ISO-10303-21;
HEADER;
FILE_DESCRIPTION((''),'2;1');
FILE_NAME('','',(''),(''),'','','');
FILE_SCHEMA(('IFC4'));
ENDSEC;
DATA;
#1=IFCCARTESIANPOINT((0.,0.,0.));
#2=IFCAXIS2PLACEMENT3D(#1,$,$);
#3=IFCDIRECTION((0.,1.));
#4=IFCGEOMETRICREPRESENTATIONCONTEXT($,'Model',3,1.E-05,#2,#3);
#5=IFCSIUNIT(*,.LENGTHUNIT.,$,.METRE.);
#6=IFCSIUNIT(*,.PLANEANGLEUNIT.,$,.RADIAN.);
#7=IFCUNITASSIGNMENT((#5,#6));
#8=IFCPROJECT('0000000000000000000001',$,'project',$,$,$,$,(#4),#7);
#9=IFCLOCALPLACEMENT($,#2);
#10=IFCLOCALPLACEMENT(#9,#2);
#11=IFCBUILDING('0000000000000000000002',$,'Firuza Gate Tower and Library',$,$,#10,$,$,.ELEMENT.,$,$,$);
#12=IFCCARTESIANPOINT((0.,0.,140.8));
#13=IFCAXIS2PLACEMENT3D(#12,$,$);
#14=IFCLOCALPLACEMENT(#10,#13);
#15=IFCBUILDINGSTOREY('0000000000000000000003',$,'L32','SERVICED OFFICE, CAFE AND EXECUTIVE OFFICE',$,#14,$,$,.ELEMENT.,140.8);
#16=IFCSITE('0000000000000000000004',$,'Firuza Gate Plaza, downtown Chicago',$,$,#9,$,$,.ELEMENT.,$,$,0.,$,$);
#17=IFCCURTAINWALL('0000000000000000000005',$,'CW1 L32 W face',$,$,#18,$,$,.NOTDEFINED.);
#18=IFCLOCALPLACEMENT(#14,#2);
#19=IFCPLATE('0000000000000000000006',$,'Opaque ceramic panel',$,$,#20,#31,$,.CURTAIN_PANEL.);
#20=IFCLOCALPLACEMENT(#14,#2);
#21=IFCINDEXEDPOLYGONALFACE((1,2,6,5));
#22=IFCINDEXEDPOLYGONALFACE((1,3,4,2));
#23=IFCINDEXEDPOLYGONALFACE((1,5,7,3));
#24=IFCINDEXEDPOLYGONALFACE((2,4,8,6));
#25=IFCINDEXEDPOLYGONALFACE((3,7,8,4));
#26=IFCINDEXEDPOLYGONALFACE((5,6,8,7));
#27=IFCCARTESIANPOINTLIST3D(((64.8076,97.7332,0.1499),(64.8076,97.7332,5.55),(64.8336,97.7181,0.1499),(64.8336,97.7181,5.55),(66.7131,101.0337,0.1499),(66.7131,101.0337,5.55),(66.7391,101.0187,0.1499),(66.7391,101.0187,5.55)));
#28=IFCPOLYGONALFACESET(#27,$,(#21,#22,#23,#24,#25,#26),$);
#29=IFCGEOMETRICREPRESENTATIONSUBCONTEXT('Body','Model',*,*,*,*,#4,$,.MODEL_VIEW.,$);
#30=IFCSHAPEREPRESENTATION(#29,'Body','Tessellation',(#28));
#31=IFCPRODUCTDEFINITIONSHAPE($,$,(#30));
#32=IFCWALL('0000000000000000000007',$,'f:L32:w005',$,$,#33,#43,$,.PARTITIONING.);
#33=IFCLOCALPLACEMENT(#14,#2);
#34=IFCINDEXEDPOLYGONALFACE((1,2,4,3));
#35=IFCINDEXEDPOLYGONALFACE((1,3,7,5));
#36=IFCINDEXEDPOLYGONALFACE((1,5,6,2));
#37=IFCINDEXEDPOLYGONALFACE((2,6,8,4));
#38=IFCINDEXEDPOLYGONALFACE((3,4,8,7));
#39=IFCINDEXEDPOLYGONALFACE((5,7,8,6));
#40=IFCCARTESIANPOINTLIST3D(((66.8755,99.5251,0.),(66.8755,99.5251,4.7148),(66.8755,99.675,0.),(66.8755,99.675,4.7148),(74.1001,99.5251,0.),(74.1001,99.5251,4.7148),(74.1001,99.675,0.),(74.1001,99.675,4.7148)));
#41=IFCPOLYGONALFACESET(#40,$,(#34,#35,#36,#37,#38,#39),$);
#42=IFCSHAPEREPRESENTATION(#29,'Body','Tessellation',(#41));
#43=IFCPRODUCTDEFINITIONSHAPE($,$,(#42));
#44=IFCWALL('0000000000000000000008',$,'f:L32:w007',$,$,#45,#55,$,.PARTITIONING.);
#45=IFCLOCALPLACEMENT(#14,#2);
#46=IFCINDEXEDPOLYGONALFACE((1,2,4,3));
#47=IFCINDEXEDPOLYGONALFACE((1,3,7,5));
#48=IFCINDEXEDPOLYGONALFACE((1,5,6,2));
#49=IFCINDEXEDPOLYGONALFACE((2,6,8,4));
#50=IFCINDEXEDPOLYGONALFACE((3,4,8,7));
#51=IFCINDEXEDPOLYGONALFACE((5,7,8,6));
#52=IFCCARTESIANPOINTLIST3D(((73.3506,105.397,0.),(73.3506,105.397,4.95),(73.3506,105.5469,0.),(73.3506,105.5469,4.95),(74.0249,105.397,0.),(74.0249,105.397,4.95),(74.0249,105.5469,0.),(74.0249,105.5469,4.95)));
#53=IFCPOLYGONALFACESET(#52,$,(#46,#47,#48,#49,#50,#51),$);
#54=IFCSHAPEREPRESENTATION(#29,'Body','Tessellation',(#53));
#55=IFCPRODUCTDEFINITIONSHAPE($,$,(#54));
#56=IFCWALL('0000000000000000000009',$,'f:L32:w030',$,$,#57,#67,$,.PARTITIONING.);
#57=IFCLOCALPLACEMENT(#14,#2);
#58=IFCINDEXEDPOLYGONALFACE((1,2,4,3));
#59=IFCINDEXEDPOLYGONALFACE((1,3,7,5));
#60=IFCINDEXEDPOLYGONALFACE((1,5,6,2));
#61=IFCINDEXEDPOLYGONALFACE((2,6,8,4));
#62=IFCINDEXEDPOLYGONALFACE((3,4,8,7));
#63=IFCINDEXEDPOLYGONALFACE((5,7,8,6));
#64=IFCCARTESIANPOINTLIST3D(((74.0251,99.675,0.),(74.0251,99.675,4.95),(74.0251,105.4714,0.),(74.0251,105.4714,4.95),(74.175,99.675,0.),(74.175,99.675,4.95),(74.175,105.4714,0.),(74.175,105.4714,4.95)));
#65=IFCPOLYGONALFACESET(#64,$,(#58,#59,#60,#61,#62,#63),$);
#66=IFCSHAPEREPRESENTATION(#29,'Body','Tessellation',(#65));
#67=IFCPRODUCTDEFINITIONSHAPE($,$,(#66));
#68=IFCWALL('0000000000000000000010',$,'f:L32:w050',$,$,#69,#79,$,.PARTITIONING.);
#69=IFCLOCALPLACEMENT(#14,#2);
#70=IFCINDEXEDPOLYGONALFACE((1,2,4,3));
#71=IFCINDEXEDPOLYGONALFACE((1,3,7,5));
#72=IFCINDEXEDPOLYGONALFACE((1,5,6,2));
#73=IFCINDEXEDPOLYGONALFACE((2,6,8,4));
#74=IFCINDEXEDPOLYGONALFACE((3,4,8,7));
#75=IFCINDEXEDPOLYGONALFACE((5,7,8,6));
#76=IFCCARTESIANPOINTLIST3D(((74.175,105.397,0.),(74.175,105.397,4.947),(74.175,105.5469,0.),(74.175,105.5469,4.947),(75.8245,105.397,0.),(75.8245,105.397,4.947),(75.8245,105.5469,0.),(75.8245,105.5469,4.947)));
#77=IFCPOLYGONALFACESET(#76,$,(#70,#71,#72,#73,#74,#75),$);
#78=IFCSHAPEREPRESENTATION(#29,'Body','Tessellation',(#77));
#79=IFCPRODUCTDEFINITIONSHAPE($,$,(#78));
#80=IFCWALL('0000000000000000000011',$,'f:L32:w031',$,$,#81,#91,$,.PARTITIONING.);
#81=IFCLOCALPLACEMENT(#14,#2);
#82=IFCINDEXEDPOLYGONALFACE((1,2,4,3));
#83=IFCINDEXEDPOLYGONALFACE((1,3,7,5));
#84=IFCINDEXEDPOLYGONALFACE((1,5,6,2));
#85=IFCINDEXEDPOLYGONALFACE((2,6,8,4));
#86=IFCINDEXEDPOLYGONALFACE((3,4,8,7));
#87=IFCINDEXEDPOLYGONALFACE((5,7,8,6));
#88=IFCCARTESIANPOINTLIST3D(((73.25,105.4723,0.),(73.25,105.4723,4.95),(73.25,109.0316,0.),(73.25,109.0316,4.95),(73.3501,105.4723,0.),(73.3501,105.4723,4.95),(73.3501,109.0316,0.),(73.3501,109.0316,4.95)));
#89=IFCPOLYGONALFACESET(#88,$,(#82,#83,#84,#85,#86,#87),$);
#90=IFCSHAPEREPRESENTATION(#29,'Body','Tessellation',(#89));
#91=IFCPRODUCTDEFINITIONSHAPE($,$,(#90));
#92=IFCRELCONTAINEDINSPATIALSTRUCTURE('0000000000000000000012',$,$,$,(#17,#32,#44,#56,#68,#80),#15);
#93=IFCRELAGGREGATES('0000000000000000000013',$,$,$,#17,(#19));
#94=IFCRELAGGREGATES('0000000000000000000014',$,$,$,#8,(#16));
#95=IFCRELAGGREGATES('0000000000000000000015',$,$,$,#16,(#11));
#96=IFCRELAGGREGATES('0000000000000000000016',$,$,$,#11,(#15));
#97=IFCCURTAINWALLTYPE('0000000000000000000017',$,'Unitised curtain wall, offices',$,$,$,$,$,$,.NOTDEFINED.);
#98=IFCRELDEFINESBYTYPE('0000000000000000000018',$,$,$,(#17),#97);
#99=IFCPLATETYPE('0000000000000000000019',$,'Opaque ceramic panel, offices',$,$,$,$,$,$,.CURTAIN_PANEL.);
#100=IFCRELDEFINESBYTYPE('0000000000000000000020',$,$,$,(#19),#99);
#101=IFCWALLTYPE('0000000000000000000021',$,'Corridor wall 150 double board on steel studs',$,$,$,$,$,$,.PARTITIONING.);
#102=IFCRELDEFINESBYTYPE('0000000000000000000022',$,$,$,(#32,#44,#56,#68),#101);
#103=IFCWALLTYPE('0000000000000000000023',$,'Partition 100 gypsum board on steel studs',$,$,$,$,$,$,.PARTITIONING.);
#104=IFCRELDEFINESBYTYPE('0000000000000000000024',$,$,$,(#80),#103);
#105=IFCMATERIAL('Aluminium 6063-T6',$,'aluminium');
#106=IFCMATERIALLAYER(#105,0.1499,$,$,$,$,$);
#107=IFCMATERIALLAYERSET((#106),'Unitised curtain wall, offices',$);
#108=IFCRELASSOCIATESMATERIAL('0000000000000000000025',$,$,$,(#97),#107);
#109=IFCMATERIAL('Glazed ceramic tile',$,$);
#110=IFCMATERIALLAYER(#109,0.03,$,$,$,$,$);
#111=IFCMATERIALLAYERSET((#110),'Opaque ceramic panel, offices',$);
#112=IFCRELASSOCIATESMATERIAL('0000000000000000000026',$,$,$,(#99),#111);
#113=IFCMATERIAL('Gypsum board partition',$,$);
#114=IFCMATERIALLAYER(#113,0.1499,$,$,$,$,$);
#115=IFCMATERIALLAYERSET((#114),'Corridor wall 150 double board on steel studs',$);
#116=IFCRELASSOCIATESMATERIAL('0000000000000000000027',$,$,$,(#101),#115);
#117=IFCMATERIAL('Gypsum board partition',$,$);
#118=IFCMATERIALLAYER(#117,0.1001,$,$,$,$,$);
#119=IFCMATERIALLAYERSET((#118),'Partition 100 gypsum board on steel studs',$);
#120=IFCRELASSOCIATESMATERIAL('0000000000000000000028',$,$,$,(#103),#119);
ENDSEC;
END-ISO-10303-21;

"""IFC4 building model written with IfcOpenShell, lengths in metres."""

from ifc_helpers import new_model, si_unit, direction, frame, frame_2d, origin, place, context, subcontext, project, spatial, polyline, rectangle, outline, extrude, material, layer, layer_set, type_object, element, aggregate, save


model = new_model("IFC4")

# Units and contexts
model_context = context("Model", 3, precision=1e-05, world=origin(), true_north=direction((0.0, 1.0)))
body_context = subcontext(model_context, "Body", "Model", "MODEL_VIEW")
ifc_project = project(units=[si_unit("LENGTHUNIT", "METRE"), si_unit("PLANEANGLEUNIT", "RADIAN")], contexts=[model_context])

# Site, building, storey
site_placement = place(None, origin())
site = spatial("IfcSite", under=ifc_project, at=site_placement, Name="Firuza Gate Plaza, downtown Chicago", CompositionType="ELEMENT", RefElevation=0.0)
building_placement = place(site_placement, origin())
building = spatial("IfcBuilding", under=site, at=building_placement, Name="Firuza Gate Tower and Library", CompositionType="ELEMENT")
storey_placement = place(building_placement, frame((0.0, 0.0, 140.8)))
storey = spatial("IfcBuildingStorey", under=building, at=storey_placement, Name="L32", Description="SERVICED OFFICE, CAFE AND EXECUTIVE OFFICE", CompositionType="ELEMENT", Elevation=140.8)

# Curtain wall
ifc_material_1 = material(Name="Aluminium 6063-T6", Category="aluminium")
ifc_layer_1 = layer(ifc_material_1, 0.1499)
ifc_layer_set_1 = layer_set([ifc_layer_1], Name="Unitised curtain wall, offices")
curtain_wall_type = type_object("IfcCurtainWallType", Name="Unitised curtain wall, offices", PredefinedType="NOTDEFINED", material=ifc_layer_set_1)
curtain_wall_placement = place(storey_placement, origin())
curtain_wall = element("IfcCurtainWall", 1, at=curtain_wall_placement, inside=storey, type_object=curtain_wall_type, Name="CW1 L32 W face", PredefinedType="NOTDEFINED")

# Plate
ifc_material_2 = material(Name="Glazed ceramic tile")
ifc_layer_2 = layer(ifc_material_2, 0.03)
ifc_layer_set_2 = layer_set([ifc_layer_2], Name="Opaque ceramic panel, offices")
plate_type_1 = type_object("IfcPlateType", Name="Opaque ceramic panel, offices", PredefinedType="CURTAIN_PANEL", material=ifc_layer_set_2)
plate_1_placement = place(storey_placement, frame((66.7131, 101.0337, 0.1499), z_axis=(-0.866031, 0.49999, 0.0), x_axis=(-0.49999, -0.866031, 0.0)))
plate_1 = element("IfcPlate", 2, at=plate_1_placement, type_object=plate_type_1, Name="Opaque ceramic panel", PredefinedType="CURTAIN_PANEL", context=body_context, shape_type="SweptSolid", body=[
    extrude(outline(polyline([(0.0, 0.0), (3.8111, 0.0), (3.8111, 5.4001), (0.0, 5.4001), (0.0, 0.0)])), origin(), (0.0, 0.0, -1.0), 0.03),
])
aggregate(curtain_wall, [plate_1])

# Walls
ifc_material_3 = material(Name="Gypsum board partition")
ifc_layer_3 = layer(ifc_material_3, 0.1499)
ifc_layer_set_3 = layer_set([ifc_layer_3], Name="Corridor wall 150 double board on steel studs")
wall_type_1 = type_object("IfcWallType", Name="Corridor wall 150 double board on steel studs", PredefinedType="PARTITIONING", material=ifc_layer_set_3)
wall_1_placement = place(storey_placement, frame((66.8755, 99.6001, 0.0), z_axis=(0.0, 0.0, 1.0), x_axis=(1.0, 0.0, 0.0)))
element("IfcWall", 3, at=wall_1_placement, inside=storey, type_object=wall_type_1, Name="f:L32:w005", PredefinedType="PARTITIONING", context=body_context, shape_type="SweptSolid", body=[
    extrude(rectangle(XDim=7.2246, YDim=0.1499, at=frame_2d((3.6123, 0.0))), origin(), (0.0, 0.0, 1.0), 4.7148),
])
wall_2_placement = place(storey_placement, frame((73.3506, 105.4719, 0.0), z_axis=(0.0, 0.0, 1.0), x_axis=(1.0, 0.0, 0.0)))
element("IfcWall", 4, at=wall_2_placement, inside=storey, type_object=wall_type_1, Name="f:L32:w007", PredefinedType="PARTITIONING", context=body_context, shape_type="SweptSolid", body=[
    extrude(rectangle(XDim=0.6743, YDim=0.1499, at=frame_2d((0.3372, 0.0))), origin(), (0.0, 0.0, 1.0), 4.95),
])
wall_3_placement = place(storey_placement, frame((74.1001, 99.675, 0.0), z_axis=(0.0, 0.0, 1.0), x_axis=(0.0, 1.0, 0.0)))
element("IfcWall", 5, at=wall_3_placement, inside=storey, type_object=wall_type_1, Name="f:L32:w030", PredefinedType="PARTITIONING", context=body_context, shape_type="SweptSolid", body=[
    extrude(rectangle(XDim=5.7964, YDim=0.1499, at=frame_2d((2.8982, 0.0))), origin(), (0.0, 0.0, 1.0), 4.95),
])
wall_4_placement = place(storey_placement, frame((74.175, 105.4719, 0.0), z_axis=(0.0, 0.0, 1.0), x_axis=(1.0, 0.0, 0.0)))
element("IfcWall", 6, at=wall_4_placement, inside=storey, type_object=wall_type_1, Name="f:L32:w050", PredefinedType="PARTITIONING", context=body_context, shape_type="SweptSolid", body=[
    extrude(rectangle(XDim=1.6494, YDim=0.1499, at=frame_2d((0.8247, 0.0))), origin(), (0.0, 0.0, 1.0), 4.947),
])
ifc_material_4 = material(Name="Gypsum board partition")
ifc_layer_4 = layer(ifc_material_4, 0.1001)
ifc_layer_set_4 = layer_set([ifc_layer_4], Name="Partition 100 gypsum board on steel studs")
wall_type_2 = type_object("IfcWallType", Name="Partition 100 gypsum board on steel studs", PredefinedType="PARTITIONING", material=ifc_layer_set_4)
wall_5_placement = place(storey_placement, frame((73.3, 105.4722, 0.0), z_axis=(0.0, 0.0, 1.0), x_axis=(0.0, 1.0, 0.0)))
element("IfcWall", 7, at=wall_5_placement, inside=storey, type_object=wall_type_2, Name="f:L32:w031", PredefinedType="PARTITIONING", context=body_context, shape_type="SweptSolid", body=[
    extrude(rectangle(XDim=3.5593, YDim=0.1001, at=frame_2d((1.7798, 0.0))), origin(), (0.0, 0.0, 1.0), 4.95),
])

save(model, "model.ifc")
